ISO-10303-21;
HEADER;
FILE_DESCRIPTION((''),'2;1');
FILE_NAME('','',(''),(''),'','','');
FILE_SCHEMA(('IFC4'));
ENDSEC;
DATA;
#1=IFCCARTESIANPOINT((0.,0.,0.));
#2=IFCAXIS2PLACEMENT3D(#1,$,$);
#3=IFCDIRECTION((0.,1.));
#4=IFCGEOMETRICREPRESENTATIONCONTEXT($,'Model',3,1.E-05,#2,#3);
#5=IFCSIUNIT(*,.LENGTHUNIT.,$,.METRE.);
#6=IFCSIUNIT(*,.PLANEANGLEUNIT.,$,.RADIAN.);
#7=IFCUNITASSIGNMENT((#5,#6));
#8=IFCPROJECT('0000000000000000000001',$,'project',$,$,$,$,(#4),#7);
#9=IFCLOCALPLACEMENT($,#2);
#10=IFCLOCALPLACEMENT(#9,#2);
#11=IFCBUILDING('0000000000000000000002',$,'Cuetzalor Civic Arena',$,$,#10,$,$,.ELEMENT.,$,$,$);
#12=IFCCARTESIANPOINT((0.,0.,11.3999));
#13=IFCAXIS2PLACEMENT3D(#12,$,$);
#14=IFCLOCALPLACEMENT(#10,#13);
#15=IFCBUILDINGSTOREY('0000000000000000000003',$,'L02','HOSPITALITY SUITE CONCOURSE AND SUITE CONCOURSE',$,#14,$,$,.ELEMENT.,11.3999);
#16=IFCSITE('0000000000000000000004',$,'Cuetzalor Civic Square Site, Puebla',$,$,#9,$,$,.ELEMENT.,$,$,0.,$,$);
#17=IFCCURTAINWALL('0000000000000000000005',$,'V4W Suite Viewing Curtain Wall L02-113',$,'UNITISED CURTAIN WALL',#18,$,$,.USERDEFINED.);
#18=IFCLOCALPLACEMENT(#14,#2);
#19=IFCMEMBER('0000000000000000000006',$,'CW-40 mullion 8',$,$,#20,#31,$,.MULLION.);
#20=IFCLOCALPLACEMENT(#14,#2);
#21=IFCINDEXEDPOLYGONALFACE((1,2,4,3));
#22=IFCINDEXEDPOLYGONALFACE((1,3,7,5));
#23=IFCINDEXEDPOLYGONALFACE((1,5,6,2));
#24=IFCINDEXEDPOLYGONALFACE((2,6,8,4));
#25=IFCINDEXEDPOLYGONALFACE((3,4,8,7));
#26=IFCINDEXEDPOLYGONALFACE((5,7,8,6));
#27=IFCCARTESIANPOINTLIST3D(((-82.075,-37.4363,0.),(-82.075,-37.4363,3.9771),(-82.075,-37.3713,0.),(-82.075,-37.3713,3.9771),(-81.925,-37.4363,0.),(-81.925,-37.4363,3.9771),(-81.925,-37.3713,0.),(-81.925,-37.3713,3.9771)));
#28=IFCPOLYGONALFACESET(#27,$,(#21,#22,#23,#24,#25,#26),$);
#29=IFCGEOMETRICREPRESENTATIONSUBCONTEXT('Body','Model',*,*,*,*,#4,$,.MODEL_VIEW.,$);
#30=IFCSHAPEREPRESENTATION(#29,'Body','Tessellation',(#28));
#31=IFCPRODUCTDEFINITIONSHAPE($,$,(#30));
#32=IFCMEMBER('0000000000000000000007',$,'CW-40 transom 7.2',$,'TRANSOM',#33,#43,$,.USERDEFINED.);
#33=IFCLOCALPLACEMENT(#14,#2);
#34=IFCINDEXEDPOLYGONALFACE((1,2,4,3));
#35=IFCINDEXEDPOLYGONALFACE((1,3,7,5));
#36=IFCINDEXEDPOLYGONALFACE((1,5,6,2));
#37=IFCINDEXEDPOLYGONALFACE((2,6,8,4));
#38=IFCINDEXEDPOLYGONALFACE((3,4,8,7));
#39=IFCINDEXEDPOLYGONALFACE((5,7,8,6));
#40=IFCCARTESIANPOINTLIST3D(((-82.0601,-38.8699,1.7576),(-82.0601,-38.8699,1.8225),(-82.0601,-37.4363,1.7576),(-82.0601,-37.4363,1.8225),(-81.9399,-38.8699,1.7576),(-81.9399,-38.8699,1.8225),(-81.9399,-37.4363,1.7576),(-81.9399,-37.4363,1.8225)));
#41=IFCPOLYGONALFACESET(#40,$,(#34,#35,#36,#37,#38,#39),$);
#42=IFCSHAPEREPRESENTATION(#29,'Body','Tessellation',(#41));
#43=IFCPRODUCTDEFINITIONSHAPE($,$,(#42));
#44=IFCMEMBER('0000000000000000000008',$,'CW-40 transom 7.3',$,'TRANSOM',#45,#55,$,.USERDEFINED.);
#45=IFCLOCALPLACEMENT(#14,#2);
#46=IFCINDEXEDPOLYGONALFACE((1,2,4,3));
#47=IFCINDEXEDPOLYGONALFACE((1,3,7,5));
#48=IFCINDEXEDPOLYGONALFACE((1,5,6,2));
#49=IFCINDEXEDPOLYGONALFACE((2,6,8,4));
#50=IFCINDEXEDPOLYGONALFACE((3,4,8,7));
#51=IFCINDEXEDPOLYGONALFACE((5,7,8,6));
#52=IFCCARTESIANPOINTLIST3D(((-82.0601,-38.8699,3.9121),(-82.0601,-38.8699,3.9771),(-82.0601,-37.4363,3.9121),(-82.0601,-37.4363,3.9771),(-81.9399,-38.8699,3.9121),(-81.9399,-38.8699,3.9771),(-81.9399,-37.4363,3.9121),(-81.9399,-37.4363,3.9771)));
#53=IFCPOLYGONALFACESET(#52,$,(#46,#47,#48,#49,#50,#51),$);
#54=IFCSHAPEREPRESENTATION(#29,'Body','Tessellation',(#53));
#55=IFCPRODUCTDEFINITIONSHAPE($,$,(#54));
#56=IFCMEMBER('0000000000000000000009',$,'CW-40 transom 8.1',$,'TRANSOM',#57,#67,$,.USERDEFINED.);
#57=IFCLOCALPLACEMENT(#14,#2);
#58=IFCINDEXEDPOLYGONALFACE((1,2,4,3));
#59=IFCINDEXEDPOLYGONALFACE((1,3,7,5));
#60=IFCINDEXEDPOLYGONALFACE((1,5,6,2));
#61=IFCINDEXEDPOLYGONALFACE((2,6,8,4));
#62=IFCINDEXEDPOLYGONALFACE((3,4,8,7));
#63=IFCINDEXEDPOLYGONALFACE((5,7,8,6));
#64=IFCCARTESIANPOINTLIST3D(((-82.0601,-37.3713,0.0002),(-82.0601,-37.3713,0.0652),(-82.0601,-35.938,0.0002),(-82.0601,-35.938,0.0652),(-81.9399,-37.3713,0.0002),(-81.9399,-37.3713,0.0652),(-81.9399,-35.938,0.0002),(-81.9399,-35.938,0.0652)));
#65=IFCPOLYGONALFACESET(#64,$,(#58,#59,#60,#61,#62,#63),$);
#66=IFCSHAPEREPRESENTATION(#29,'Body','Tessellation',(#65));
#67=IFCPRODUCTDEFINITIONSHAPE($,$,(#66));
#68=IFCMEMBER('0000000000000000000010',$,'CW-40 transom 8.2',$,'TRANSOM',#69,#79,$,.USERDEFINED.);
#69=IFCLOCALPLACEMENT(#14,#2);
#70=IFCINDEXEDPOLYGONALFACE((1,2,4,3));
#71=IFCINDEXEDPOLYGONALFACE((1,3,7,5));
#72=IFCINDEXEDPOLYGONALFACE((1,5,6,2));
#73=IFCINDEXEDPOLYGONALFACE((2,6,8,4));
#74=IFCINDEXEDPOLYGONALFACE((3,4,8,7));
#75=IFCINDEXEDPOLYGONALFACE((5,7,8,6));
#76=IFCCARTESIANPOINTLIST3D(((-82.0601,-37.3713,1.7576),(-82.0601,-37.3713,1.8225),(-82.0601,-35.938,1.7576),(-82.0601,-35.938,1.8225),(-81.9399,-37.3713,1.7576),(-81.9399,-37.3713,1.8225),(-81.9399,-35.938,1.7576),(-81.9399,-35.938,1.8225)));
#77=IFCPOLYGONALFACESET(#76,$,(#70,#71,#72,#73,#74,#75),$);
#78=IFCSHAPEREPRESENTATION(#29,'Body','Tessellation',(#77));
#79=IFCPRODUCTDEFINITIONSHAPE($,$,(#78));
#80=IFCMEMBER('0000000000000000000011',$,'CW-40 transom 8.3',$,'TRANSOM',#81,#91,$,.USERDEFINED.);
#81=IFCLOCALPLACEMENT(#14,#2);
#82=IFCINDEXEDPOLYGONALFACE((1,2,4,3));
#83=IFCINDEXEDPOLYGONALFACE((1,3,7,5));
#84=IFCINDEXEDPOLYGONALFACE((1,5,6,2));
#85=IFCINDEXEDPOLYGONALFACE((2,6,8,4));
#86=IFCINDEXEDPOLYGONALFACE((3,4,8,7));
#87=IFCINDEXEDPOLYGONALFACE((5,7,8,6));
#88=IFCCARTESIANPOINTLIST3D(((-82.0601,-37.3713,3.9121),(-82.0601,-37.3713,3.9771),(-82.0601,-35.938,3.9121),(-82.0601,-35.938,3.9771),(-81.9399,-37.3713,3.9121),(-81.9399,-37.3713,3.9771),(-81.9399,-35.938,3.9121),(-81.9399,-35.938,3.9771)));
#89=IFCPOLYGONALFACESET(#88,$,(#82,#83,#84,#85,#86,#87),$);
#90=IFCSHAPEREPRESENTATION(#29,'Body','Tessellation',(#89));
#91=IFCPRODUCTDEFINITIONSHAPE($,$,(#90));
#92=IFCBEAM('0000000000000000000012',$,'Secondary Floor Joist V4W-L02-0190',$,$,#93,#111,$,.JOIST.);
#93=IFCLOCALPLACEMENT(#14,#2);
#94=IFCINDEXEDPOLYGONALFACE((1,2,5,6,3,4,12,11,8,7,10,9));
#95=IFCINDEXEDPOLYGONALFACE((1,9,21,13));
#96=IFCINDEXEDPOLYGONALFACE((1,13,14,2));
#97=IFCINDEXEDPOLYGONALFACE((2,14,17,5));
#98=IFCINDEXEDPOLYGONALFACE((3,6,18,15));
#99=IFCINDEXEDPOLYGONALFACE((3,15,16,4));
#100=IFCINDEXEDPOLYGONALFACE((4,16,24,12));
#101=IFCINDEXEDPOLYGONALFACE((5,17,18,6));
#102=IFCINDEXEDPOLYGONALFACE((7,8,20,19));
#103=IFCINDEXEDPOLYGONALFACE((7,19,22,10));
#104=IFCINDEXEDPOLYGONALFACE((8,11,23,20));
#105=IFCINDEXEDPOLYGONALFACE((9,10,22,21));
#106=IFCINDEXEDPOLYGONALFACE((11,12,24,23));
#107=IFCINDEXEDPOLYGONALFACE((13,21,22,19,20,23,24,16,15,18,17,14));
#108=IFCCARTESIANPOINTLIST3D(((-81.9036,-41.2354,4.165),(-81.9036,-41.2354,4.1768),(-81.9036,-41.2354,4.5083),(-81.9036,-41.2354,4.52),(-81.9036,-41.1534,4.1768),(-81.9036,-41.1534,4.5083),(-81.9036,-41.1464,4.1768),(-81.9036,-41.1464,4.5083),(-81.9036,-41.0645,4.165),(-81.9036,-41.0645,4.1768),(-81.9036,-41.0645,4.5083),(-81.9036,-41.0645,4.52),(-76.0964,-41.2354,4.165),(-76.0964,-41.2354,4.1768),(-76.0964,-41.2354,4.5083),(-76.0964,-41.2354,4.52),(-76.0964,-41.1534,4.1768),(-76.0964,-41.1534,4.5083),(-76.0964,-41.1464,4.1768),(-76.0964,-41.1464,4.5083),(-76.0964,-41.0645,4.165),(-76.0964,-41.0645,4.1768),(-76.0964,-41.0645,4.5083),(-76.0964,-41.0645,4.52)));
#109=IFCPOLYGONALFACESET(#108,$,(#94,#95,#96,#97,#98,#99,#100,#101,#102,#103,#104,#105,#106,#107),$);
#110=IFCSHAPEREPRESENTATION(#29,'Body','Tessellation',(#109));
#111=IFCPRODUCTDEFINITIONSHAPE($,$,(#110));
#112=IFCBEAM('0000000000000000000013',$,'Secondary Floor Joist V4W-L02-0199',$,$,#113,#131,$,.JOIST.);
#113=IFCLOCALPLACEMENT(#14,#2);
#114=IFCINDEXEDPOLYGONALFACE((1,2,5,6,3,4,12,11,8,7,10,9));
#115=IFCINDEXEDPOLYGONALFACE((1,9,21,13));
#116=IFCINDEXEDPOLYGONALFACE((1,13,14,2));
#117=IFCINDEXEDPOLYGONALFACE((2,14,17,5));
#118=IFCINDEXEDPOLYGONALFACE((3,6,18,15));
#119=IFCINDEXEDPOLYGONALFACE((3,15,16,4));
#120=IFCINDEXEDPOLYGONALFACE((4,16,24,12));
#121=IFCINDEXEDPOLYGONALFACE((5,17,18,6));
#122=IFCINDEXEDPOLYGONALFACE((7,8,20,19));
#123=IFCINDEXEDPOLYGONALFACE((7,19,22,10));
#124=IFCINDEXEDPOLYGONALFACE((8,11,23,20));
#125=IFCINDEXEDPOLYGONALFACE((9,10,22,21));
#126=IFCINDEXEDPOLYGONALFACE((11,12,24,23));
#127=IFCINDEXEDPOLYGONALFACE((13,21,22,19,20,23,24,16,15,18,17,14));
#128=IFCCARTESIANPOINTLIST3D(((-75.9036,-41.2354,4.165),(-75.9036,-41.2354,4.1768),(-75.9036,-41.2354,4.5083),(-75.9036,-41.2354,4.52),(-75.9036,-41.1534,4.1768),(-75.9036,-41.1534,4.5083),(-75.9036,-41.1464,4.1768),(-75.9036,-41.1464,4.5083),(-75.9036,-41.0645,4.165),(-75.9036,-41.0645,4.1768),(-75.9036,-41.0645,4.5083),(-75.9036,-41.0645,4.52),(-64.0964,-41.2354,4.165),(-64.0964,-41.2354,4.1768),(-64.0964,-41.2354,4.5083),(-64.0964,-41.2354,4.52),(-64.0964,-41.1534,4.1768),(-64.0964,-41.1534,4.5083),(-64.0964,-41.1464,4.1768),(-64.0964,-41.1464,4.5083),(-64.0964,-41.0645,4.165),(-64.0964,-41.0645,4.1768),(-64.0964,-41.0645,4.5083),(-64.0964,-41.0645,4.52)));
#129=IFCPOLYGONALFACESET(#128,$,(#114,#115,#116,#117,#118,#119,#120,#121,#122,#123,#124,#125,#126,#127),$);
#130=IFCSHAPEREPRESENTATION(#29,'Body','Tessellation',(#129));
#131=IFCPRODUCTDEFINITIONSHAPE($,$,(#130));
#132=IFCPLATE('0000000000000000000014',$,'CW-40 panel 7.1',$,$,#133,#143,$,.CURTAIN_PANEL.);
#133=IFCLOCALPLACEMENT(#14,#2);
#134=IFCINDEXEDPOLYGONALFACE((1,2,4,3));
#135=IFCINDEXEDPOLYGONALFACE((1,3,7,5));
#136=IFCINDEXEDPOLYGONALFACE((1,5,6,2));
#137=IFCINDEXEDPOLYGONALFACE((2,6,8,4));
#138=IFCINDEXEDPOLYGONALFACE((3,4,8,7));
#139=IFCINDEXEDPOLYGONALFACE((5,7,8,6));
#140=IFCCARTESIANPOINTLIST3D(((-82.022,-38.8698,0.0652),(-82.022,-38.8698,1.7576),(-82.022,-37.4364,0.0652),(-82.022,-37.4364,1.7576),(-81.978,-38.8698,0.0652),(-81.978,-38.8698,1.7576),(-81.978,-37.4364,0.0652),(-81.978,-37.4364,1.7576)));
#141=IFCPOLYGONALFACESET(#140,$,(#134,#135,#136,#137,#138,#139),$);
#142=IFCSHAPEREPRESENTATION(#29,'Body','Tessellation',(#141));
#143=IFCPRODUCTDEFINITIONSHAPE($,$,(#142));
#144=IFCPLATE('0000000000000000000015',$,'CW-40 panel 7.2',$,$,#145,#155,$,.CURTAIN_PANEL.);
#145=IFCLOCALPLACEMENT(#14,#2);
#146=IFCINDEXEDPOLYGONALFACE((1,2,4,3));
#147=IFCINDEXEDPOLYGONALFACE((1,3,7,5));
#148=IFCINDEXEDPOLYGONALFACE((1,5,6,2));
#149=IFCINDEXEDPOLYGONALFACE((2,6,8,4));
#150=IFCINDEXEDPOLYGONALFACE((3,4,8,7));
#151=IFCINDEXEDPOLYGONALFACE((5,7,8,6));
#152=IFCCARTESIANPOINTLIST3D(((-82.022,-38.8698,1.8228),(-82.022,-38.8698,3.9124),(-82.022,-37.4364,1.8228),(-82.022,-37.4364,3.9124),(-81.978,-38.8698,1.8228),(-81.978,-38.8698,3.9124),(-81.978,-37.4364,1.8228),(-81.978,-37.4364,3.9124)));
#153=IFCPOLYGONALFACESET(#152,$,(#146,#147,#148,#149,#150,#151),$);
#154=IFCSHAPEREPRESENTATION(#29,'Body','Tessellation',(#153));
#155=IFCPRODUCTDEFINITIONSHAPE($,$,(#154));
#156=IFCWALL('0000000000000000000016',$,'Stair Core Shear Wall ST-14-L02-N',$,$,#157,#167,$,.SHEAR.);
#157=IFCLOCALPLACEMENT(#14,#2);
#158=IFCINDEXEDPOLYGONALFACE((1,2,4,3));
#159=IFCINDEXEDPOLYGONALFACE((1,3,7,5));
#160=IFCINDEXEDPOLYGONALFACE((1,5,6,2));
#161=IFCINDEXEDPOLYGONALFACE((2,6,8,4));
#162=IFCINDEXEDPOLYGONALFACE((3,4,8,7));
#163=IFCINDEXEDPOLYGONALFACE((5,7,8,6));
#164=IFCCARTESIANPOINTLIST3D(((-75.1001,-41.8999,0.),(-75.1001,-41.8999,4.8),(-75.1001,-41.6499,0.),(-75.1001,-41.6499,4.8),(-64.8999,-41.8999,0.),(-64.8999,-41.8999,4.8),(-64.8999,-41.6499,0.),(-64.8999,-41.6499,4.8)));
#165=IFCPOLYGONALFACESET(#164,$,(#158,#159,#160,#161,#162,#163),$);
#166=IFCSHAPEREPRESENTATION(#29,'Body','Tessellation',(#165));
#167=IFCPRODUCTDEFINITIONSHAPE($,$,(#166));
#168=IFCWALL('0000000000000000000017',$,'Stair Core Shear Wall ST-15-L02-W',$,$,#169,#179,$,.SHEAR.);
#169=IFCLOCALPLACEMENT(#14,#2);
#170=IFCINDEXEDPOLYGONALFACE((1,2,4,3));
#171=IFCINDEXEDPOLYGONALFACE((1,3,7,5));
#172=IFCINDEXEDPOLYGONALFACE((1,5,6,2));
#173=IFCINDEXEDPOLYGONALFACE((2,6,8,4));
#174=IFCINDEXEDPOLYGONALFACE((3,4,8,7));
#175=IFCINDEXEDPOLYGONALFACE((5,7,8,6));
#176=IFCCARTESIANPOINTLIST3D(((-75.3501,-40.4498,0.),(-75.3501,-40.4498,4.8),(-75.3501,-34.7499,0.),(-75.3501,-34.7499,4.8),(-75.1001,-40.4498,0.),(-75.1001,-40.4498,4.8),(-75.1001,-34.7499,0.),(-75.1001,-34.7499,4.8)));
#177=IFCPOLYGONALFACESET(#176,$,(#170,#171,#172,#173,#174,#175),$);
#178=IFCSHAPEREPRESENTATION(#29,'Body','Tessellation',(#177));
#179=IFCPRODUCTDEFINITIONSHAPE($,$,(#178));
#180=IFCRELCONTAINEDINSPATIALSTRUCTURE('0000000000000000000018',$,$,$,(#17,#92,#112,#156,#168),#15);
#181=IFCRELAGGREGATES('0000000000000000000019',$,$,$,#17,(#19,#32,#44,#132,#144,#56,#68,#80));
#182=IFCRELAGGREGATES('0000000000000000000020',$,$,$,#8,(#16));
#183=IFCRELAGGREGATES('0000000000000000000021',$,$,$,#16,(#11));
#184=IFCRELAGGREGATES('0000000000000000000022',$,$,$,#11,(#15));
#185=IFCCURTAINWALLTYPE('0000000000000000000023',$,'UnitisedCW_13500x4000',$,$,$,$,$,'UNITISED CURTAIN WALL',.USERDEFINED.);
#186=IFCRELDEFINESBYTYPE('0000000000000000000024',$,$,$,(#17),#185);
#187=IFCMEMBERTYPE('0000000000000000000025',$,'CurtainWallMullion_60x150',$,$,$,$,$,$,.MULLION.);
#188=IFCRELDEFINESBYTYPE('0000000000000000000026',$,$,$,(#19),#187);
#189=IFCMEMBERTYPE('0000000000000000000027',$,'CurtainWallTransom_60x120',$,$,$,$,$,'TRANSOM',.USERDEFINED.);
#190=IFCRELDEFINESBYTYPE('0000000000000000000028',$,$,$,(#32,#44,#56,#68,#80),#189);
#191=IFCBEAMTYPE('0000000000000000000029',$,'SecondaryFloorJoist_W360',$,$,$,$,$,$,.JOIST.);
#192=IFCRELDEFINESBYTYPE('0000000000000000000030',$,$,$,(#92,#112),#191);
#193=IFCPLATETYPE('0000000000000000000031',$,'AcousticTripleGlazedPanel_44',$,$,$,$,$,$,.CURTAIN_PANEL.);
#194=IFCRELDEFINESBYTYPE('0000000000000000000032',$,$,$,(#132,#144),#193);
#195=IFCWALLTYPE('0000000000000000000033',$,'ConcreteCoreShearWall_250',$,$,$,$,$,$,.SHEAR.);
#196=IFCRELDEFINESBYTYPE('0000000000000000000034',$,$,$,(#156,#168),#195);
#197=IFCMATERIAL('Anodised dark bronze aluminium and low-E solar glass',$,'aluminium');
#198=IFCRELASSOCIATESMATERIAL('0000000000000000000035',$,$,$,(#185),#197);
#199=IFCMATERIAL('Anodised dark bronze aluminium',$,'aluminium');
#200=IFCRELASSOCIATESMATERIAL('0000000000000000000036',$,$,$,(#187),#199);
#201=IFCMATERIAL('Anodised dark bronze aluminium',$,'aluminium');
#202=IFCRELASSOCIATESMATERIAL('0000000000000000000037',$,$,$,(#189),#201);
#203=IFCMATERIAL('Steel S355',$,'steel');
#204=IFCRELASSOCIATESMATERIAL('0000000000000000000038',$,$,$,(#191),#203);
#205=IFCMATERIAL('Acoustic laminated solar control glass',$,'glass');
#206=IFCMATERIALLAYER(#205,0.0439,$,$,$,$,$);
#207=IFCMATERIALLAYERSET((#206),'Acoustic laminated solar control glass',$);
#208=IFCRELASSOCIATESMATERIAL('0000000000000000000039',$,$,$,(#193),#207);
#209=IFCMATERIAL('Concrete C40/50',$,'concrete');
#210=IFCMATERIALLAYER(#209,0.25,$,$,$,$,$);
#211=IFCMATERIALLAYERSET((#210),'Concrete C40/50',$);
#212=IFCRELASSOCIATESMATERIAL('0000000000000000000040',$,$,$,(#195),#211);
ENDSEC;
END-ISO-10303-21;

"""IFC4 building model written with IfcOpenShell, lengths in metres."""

from ifc_helpers import new_model, si_unit, direction, frame, frame_2d, origin, origin_2d, place, context, subcontext, project, spatial, rectangle, i_section, extrude, material, layer, layer_set, material_profile, profile_set, type_object, element, aggregate, save


model = new_model("IFC4")

# Units and contexts
model_context = context("Model", 3, precision=1e-05, world=origin(), true_north=direction((0.0, 1.0)))
body_context = subcontext(model_context, "Body", "Model", "MODEL_VIEW")
ifc_project = project(units=[si_unit("LENGTHUNIT", "METRE"), si_unit("PLANEANGLEUNIT", "RADIAN")], contexts=[model_context])

# Site, building, storey
site_placement = place(None, origin())
site = spatial("IfcSite", under=ifc_project, at=site_placement, Name="Cuetzalor Civic Square Site, Puebla", CompositionType="ELEMENT", RefElevation=0.0)
building_placement = place(site_placement, origin())
building = spatial("IfcBuilding", under=site, at=building_placement, Name="Cuetzalor Civic Arena", CompositionType="ELEMENT")
storey_placement = place(building_placement, frame((0.0, 0.0, 11.3999)))
storey = spatial("IfcBuildingStorey", under=building, at=storey_placement, Name="L02", Description="HOSPITALITY SUITE CONCOURSE AND SUITE CONCOURSE", CompositionType="ELEMENT", Elevation=11.3999)

# Curtain wall, members
ifc_material_1 = material(Name="Anodised dark bronze aluminium and low-E solar glass", Category="aluminium")
curtain_wall_type = type_object("IfcCurtainWallType", Name="UnitisedCW_13500x4000", ElementType="UNITISED CURTAIN WALL", PredefinedType="USERDEFINED", material=ifc_material_1)
curtain_wall_placement = place(storey_placement, origin())
curtain_wall = element("IfcCurtainWall", 1, at=curtain_wall_placement, inside=storey, type_object=curtain_wall_type, Name="V4W Suite Viewing Curtain Wall L02-113", ObjectType="UNITISED CURTAIN WALL", PredefinedType="USERDEFINED")
ifc_material_2 = material(Name="Anodised dark bronze aluminium", Category="aluminium")
ifc_material_profile_1 = material_profile(ifc_material_2, rectangle(XDim=0.0649, YDim=0.1499, at=origin_2d()), Name="ALU MULLION 65x150")
ifc_profile_set_1 = profile_set([ifc_material_profile_1], Name="Anodised dark bronze aluminium")
member_type_1 = type_object("IfcMemberType", Name="CurtainWallMullion_60x150", PredefinedType="MULLION", material=ifc_profile_set_1)
member_1_placement = place(storey_placement, frame((-82.0, -37.4038, 0.0), z_axis=(0.0, 0.0, 1.0), x_axis=(0.0, 1.0, 0.0)))
member_1 = element("IfcMember", 2, at=member_1_placement, type_object=member_type_1, Name="CW-40 mullion 8", PredefinedType="MULLION", context=body_context, shape_type="SweptSolid", body=[
    extrude(rectangle(XDim=0.0649, YDim=0.1499, at=origin_2d()), origin(), (0.0, 0.0, 1.0), 3.9771),
])
ifc_material_3 = material(Name="Anodised dark bronze aluminium", Category="aluminium")
ifc_material_profile_2 = material_profile(ifc_material_3, rectangle(XDim=0.1201, YDim=0.0649, at=origin_2d()), Name="ALU TRANSOM 65x120")
ifc_profile_set_2 = profile_set([ifc_material_profile_2], Name="Anodised dark bronze aluminium")
member_type_2 = type_object("IfcMemberType", Name="CurtainWallTransom_60x120", ElementType="TRANSOM", PredefinedType="USERDEFINED", material=ifc_profile_set_2)
member_2_placement = place(storey_placement, frame((-82.0, -38.8699, 1.79), z_axis=(0.0, 1.0, 0.0), x_axis=(-1.0, 0.0, 0.0)))
member_2 = element("IfcMember", 3, at=member_2_placement, type_object=member_type_2, Name="CW-40 transom 7.2", ObjectType="TRANSOM", PredefinedType="USERDEFINED", context=body_context, shape_type="SweptSolid", body=[
    extrude(rectangle(XDim=0.1201, YDim=0.0649, at=origin_2d()), origin(), (0.0, 0.0, 1.0), 1.4336),
])
member_3_placement = place(storey_placement, frame((-82.0, -38.8699, 3.9446), z_axis=(0.0, 1.0, 0.0), x_axis=(-1.0, 0.0, 0.0)))
member_3 = element("IfcMember", 4, at=member_3_placement, type_object=member_type_2, Name="CW-40 transom 7.3", ObjectType="TRANSOM", PredefinedType="USERDEFINED", context=body_context, shape_type="SweptSolid", body=[
    extrude(rectangle(XDim=0.1201, YDim=0.0649, at=origin_2d()), origin(), (0.0, 0.0, 1.0), 1.4336),
])
member_4_placement = place(storey_placement, frame((-82.0, -37.3713, 0.0327), z_axis=(0.0, 1.0, 0.0), x_axis=(-1.0, 0.0, 0.0)))
member_4 = element("IfcMember", 5, at=member_4_placement, type_object=member_type_2, Name="CW-40 transom 8.1", ObjectType="TRANSOM", PredefinedType="USERDEFINED", context=body_context, shape_type="SweptSolid", body=[
    extrude(rectangle(XDim=0.1201, YDim=0.0649, at=origin_2d()), origin(), (0.0, 0.0, 1.0), 1.4333),
])
member_5_placement = place(storey_placement, frame((-82.0, -37.3713, 1.79), z_axis=(0.0, 1.0, 0.0), x_axis=(-1.0, 0.0, 0.0)))
member_5 = element("IfcMember", 6, at=member_5_placement, type_object=member_type_2, Name="CW-40 transom 8.2", ObjectType="TRANSOM", PredefinedType="USERDEFINED", context=body_context, shape_type="SweptSolid", body=[
    extrude(rectangle(XDim=0.1201, YDim=0.0649, at=origin_2d()), origin(), (0.0, 0.0, 1.0), 1.4333),
])
member_6_placement = place(storey_placement, frame((-82.0, -37.3713, 3.9446), z_axis=(0.0, 1.0, 0.0), x_axis=(-1.0, 0.0, 0.0)))
member_6 = element("IfcMember", 7, at=member_6_placement, type_object=member_type_2, Name="CW-40 transom 8.3", ObjectType="TRANSOM", PredefinedType="USERDEFINED", context=body_context, shape_type="SweptSolid", body=[
    extrude(rectangle(XDim=0.1201, YDim=0.0649, at=origin_2d()), origin(), (0.0, 0.0, 1.0), 1.4333),
])

# Beams
ifc_material_4 = material(Name="Steel S355", Category="steel")
ifc_material_profile_3 = material_profile(ifc_material_4, i_section(OverallWidth=0.1709, OverallDepth=0.355, WebThickness=0.0071, FlangeThickness=0.0117, at=origin_2d()), Name="W360x51")
ifc_profile_set_3 = profile_set([ifc_material_profile_3], Name="Steel S355")
beam_type = type_object("IfcBeamType", Name="SecondaryFloorJoist_W360", PredefinedType="JOIST", material=ifc_profile_set_3)
beam_1_placement = place(storey_placement, frame((-81.9036, -41.1499, 4.3425), z_axis=(1.0, 0.0, 0.0), x_axis=(0.0, 1.0, 0.0)))
element("IfcBeam", 8, at=beam_1_placement, inside=storey, type_object=beam_type, Name="Secondary Floor Joist V4W-L02-0190", PredefinedType="JOIST", context=body_context, shape_type="SweptSolid", body=[
    extrude(i_section(OverallWidth=0.1709, OverallDepth=0.355, WebThickness=0.0071, FlangeThickness=0.0117, at=origin_2d()), origin(), (0.0, 0.0, 1.0), 5.8071),
])
beam_2_placement = place(storey_placement, frame((-75.9036, -41.1499, 4.3425), z_axis=(1.0, 0.0, 0.0), x_axis=(0.0, 1.0, 0.0)))
element("IfcBeam", 9, at=beam_2_placement, inside=storey, type_object=beam_type, Name="Secondary Floor Joist V4W-L02-0199", PredefinedType="JOIST", context=body_context, shape_type="SweptSolid", body=[
    extrude(i_section(OverallWidth=0.1709, OverallDepth=0.355, WebThickness=0.0071, FlangeThickness=0.0117, at=origin_2d()), origin(), (0.0, 0.0, 1.0), 11.8071),
])

# Plates
ifc_material_5 = material(Name="Acoustic laminated solar control glass", Category="glass")
ifc_layer_1 = layer(ifc_material_5, 0.0439)
ifc_layer_set_1 = layer_set([ifc_layer_1], Name="Acoustic laminated solar control glass")
plate_type = type_object("IfcPlateType", Name="AcousticTripleGlazedPanel_44", PredefinedType="CURTAIN_PANEL", material=ifc_layer_set_1)
plate_1_placement = place(storey_placement, frame((-82.0, -38.1531, 0.0652), z_axis=(0.0, 0.0, 1.0), x_axis=(0.0, 1.0, 0.0)))
plate_1 = element("IfcPlate", 10, at=plate_1_placement, type_object=plate_type, Name="CW-40 panel 7.1", PredefinedType="CURTAIN_PANEL", context=body_context, shape_type="SweptSolid", body=[
    extrude(rectangle(XDim=1.4333, YDim=0.0439, at=origin_2d()), origin(), (0.0, 0.0, 1.0), 1.6924),
])
plate_2_placement = place(storey_placement, frame((-82.0, -38.1531, 1.8228), z_axis=(0.0, 0.0, 1.0), x_axis=(0.0, 1.0, 0.0)))
plate_2 = element("IfcPlate", 11, at=plate_2_placement, type_object=plate_type, Name="CW-40 panel 7.2", PredefinedType="CURTAIN_PANEL", context=body_context, shape_type="SweptSolid", body=[
    extrude(rectangle(XDim=1.4333, YDim=0.0439, at=origin_2d()), origin(), (0.0, 0.0, 1.0), 2.0896),
])
aggregate(curtain_wall, [member_1, member_2, member_3, plate_1, plate_2, member_4, member_5, member_6])

# Walls
ifc_material_6 = material(Name="Concrete C40/50", Category="concrete")
ifc_layer_2 = layer(ifc_material_6, 0.25)
ifc_layer_set_2 = layer_set([ifc_layer_2], Name="Concrete C40/50")
wall_type = type_object("IfcWallType", Name="ConcreteCoreShearWall_250", PredefinedType="SHEAR", material=ifc_layer_set_2)
wall_1_placement = place(storey_placement, frame((-75.1001, -41.7749, 0.0), z_axis=(0.0, 0.0, 1.0), x_axis=(1.0, 0.0, 0.0)))
element("IfcWall", 12, at=wall_1_placement, inside=storey, type_object=wall_type, Name="Stair Core Shear Wall ST-14-L02-N", PredefinedType="SHEAR", context=body_context, shape_type="SweptSolid", body=[
    extrude(rectangle(XDim=10.2002, YDim=0.25, at=frame_2d((5.1001, 0.0))), origin(), (0.0, 0.0, 1.0), 4.8),
])
wall_2_placement = place(storey_placement, frame((-75.2251, -40.45, 0.0), z_axis=(0.0, 0.0, 1.0), x_axis=(0.0, 1.0, 0.0)))
element("IfcWall", 13, at=wall_2_placement, inside=storey, type_object=wall_type, Name="Stair Core Shear Wall ST-15-L02-W", PredefinedType="SHEAR", context=body_context, shape_type="SweptSolid", body=[
    extrude(rectangle(XDim=5.7, YDim=0.25, at=frame_2d((2.8501, 0.0))), origin(), (0.0, 0.0, 1.0), 4.8),
])

save(model, "model.ifc")
